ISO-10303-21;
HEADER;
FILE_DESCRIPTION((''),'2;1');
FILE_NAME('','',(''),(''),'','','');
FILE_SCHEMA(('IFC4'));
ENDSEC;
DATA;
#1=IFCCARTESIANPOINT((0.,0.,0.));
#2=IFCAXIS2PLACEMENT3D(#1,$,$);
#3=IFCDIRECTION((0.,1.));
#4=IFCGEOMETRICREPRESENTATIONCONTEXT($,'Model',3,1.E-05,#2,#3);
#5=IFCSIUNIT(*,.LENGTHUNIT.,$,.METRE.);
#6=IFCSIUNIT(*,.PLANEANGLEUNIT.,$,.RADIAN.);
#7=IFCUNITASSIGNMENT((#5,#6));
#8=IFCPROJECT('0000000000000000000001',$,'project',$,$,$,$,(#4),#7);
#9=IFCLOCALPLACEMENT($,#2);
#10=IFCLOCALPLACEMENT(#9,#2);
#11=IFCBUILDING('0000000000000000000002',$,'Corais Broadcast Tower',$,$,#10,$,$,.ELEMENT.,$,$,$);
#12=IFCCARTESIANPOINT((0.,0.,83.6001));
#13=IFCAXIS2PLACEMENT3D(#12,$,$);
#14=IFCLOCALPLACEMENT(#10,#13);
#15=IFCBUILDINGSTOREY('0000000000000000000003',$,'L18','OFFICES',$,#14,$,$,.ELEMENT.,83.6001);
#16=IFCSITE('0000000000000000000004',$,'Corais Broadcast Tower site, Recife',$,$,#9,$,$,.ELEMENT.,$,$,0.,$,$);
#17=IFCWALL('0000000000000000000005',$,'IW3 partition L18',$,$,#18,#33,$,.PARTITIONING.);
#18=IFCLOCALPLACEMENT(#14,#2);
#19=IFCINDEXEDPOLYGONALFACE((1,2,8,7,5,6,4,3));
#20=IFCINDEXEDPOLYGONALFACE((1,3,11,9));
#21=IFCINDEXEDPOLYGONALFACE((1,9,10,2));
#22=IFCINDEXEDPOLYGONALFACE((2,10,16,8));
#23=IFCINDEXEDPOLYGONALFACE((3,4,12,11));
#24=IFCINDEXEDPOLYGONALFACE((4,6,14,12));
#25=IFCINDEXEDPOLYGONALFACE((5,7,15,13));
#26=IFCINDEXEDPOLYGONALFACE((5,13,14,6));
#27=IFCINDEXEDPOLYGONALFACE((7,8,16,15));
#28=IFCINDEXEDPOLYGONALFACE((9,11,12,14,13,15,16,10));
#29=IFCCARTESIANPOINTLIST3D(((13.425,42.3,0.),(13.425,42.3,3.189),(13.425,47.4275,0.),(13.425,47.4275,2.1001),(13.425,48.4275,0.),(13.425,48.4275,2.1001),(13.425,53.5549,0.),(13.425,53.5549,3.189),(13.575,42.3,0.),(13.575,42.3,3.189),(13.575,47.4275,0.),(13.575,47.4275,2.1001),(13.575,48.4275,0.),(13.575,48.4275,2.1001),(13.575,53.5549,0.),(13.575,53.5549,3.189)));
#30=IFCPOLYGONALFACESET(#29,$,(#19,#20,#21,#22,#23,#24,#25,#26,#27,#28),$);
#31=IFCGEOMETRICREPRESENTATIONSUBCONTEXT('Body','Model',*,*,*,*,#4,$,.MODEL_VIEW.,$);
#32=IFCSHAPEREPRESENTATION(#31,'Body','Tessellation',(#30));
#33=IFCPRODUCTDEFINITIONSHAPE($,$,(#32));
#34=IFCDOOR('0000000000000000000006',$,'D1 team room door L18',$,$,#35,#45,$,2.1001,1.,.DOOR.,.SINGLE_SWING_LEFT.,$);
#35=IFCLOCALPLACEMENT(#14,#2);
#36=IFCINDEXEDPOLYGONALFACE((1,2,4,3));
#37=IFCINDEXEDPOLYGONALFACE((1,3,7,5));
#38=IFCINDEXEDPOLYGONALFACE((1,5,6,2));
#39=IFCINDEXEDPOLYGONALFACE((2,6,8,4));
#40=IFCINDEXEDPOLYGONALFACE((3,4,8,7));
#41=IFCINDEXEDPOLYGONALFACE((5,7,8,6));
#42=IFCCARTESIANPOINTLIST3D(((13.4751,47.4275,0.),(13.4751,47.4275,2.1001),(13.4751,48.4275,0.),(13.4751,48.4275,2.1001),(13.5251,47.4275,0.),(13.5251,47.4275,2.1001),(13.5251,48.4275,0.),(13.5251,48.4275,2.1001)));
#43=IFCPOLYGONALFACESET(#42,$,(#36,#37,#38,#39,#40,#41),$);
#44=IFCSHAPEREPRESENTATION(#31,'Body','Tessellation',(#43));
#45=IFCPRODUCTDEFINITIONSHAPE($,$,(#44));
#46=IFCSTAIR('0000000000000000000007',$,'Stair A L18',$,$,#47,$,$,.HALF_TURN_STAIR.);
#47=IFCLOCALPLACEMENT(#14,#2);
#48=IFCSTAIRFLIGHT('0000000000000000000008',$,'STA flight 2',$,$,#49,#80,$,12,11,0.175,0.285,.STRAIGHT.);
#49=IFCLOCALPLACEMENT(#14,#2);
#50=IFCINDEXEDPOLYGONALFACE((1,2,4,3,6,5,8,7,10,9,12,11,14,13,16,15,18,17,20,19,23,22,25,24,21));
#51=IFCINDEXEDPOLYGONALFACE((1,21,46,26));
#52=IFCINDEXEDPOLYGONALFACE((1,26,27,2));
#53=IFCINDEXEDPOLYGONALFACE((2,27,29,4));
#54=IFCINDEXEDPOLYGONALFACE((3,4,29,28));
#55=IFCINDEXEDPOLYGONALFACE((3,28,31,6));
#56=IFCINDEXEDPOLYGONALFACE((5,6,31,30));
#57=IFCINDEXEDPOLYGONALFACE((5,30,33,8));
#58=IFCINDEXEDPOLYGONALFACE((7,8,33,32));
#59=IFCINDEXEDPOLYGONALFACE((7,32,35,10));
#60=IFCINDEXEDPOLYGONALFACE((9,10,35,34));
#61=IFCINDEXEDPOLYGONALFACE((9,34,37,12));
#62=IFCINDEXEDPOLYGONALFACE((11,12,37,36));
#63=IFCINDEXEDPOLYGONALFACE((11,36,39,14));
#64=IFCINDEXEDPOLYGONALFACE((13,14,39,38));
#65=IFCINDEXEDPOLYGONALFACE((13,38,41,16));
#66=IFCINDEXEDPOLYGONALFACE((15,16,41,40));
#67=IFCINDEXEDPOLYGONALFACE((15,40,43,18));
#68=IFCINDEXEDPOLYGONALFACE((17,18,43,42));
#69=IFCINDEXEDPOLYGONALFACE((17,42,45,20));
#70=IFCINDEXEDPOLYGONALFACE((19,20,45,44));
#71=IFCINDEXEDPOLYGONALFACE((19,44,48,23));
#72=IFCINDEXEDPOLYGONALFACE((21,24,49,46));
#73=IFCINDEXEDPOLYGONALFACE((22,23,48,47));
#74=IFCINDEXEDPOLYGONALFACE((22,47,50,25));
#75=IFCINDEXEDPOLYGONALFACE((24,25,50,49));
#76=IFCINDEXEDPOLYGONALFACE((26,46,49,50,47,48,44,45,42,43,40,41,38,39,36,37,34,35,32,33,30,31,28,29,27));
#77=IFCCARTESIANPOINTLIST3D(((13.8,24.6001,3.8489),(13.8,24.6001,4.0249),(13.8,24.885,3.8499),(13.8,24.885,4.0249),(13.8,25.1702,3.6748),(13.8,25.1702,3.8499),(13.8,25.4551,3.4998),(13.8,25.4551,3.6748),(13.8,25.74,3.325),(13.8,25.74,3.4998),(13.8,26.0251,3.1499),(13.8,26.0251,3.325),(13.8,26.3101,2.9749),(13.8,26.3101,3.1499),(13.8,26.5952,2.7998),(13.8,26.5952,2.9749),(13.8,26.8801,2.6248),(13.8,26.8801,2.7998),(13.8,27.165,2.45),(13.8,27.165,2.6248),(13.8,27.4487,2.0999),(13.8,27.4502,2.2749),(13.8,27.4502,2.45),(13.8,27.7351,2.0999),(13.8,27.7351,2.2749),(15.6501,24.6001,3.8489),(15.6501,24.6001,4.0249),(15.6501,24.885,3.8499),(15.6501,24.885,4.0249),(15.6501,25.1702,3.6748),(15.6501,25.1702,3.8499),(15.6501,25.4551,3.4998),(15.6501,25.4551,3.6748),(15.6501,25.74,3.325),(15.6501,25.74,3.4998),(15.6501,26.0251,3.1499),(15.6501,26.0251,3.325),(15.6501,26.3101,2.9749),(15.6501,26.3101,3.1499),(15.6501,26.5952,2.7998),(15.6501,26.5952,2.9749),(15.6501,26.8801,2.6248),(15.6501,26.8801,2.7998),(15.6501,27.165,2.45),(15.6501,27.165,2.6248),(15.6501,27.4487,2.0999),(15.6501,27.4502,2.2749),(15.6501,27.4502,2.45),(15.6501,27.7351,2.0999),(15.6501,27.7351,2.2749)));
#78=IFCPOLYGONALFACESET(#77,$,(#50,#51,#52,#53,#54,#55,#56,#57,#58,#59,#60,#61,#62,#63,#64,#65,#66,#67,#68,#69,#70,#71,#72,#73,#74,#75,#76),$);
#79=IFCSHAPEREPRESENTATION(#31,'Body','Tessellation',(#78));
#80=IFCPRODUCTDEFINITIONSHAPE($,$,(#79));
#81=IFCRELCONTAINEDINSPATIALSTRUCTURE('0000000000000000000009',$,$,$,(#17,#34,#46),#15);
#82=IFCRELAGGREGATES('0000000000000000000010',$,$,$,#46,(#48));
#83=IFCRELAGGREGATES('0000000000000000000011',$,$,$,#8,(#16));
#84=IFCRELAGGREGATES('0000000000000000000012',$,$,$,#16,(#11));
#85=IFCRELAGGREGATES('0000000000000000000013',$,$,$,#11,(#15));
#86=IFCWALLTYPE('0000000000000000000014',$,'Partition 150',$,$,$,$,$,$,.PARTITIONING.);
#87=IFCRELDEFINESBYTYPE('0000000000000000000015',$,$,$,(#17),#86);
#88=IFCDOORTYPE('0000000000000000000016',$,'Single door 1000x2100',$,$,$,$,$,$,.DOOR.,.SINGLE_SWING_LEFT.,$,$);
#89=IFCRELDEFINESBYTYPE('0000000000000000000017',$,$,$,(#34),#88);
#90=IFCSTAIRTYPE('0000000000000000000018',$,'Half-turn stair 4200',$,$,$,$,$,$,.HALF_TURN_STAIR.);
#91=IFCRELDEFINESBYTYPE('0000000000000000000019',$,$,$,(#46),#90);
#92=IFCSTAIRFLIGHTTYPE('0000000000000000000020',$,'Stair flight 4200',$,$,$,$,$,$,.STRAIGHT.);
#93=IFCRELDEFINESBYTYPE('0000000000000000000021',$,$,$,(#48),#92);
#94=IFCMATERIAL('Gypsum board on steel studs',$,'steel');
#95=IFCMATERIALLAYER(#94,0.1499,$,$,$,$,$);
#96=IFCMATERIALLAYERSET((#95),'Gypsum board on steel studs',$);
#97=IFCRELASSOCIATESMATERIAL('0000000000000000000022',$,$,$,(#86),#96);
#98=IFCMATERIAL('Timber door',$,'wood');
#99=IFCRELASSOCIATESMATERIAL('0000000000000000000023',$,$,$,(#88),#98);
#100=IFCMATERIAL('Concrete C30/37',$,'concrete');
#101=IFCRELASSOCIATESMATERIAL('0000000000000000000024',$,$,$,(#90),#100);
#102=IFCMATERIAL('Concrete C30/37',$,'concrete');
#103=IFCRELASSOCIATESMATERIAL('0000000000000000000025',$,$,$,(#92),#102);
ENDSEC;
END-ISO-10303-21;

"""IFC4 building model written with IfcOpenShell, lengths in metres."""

from ifc_helpers import new_model, si_unit, direction, frame, frame_2d, origin, place, context, subcontext, project, spatial, polyline, rectangle, outline, extrude, material, layer, layer_set, type_object, element, fill, aggregate, save


model = new_model("IFC4")

# Units and contexts
model_context = context("Model", 3, precision=1e-05, world=origin(), true_north=direction((0.0, 1.0)))
body_context = subcontext(model_context, "Body", "Model", "MODEL_VIEW")
ifc_project = project(units=[si_unit("LENGTHUNIT", "METRE"), si_unit("PLANEANGLEUNIT", "RADIAN")], contexts=[model_context])

# Site, building, storey
site_placement = place(None, origin())
site = spatial("IfcSite", under=ifc_project, at=site_placement, Name="Corais Broadcast Tower site, Recife", CompositionType="ELEMENT", RefElevation=0.0)
building_placement = place(site_placement, origin())
building = spatial("IfcBuilding", under=site, at=building_placement, Name="Corais Broadcast Tower", CompositionType="ELEMENT")
storey_placement = place(building_placement, frame((0.0, 0.0, 83.6001)))
storey = spatial("IfcBuildingStorey", under=building, at=storey_placement, Name="L18", Description="OFFICES", CompositionType="ELEMENT", Elevation=83.6001)

# Shared definitions
ifc_material_1 = material(Name="Gypsum board on steel studs", Category="steel")
ifc_layer_1 = layer(ifc_material_1, 0.1499)
ifc_layer_set_1 = layer_set([ifc_layer_1], Name="Gypsum board on steel studs")
wall_type_1 = type_object("IfcWallType", Name="Partition 150", PredefinedType="PARTITIONING", material=ifc_layer_set_1)
ifc_material_2 = material(Name="Timber door", Category="wood")
door_type_1 = type_object("IfcDoorType", Name="Single door 1000x2100", OperationType="SINGLE_SWING_LEFT", PredefinedType="DOOR", material=ifc_material_2)

# Wall, opening, door
wall_1_placement = place(storey_placement, frame((13.5, 42.3, 0.0), z_axis=(0.0, 0.0, 1.0), x_axis=(0.0, 1.0, 0.0)))
wall_1 = element("IfcWall", 1, at=wall_1_placement, inside=storey, type_object=wall_type_1, Name="IW3 partition L18", PredefinedType="PARTITIONING", context=body_context, shape_type="SweptSolid", body=[
    extrude(rectangle(XDim=11.2549, YDim=0.1499, at=frame_2d((5.6274, 0.0))), origin(), (0.0, 0.0, 1.0), 3.189),
])
opening_1_placement = place(wall_1_placement, frame((5.1274, 0.0, 0.0)))
opening_1 = element("IfcOpeningElement", 2, at=opening_1_placement, cuts=wall_1, PredefinedType="OPENING", context=body_context, shape_type="SweptSolid", body=[
    extrude(rectangle(XDim=1.0, YDim=2.1001, at=frame_2d((0.5, 1.05))), frame((0.0, 0.085, 0.0), z_axis=(0.0, -1.0, 0.0), x_axis=(1.0, 0.0, 0.0)), (0.0, 0.0, 1.0), 0.1699),
])
door_1_placement = place(opening_1_placement, origin())
door_1 = element("IfcDoor", 3, at=door_1_placement, inside=storey, type_object=door_type_1, Name="D1 team room door L18", OperationType="SINGLE_SWING_LEFT", OverallHeight=2.1001, OverallWidth=1.0, PredefinedType="DOOR", context=body_context, shape_type="SweptSolid", body=[
    extrude(rectangle(XDim=1.0, YDim=2.1001, at=frame_2d((0.5, 1.05))), frame((0.0, 0.0249, 0.0), z_axis=(0.0, -1.0, 0.0), x_axis=(1.0, 0.0, 0.0)), (0.0, 0.0, 1.0), 0.05),
])
fill(opening_1, door_1)

# Stair, stair flight
ifc_material_3 = material(Name="Concrete C30/37", Category="concrete")
stair_type = type_object("IfcStairType", Name="Half-turn stair 4200", PredefinedType="HALF_TURN_STAIR", material=ifc_material_3)
stair_placement = place(storey_placement, origin())
stair = element("IfcStair", 4, at=stair_placement, inside=storey, type_object=stair_type, Name="Stair A L18", PredefinedType="HALF_TURN_STAIR")
ifc_material_4 = material(Name="Concrete C30/37", Category="concrete")
stair_flight_type = type_object("IfcStairFlightType", Name="Stair flight 4200", PredefinedType="STRAIGHT", material=ifc_material_4)
stair_flight_placement = place(storey_placement, frame((14.7251, 27.7351, 2.0999), z_axis=(0.0, 0.0, 1.0), x_axis=(0.0, -1.0, 0.0)))
stair_flight = element("IfcStairFlight", 5, at=stair_flight_placement, type_object=stair_flight_type, Name="STA flight 2", NumberOfRisers=12, NumberOfTreads=11, PredefinedType="STRAIGHT", RiserHeight=0.175, TreadLength=0.285, context=body_context, shape_type="SweptSolid", body=[
    extrude(outline(polyline([(0.0, 0.0), (0.0, 0.175), (0.2849, 0.175), (0.2849, 0.3501), (0.5701, 0.3501), (0.5701, 0.5249), (0.855, 0.5249), (0.855, 0.7), (1.1399, 0.7), (1.1399, 0.875), (1.425, 0.875), (1.425, 1.05), (1.71, 1.05), (1.71, 1.2251), (1.9951, 1.2251), (1.9951, 1.3999), (2.28, 1.3999), (2.28, 1.575), (2.5649, 1.575), (2.5649, 1.75), (2.8501, 1.75), (2.8501, 1.925), (3.135, 1.925), (3.135, 2.1001), (3.135, 1.749), (0.2864, 0.0), (0.0, 0.0)])), frame((0.0, 0.925, 0.0), z_axis=(0.0, -1.0, 0.0), x_axis=(1.0, 0.0, 0.0)), (0.0, 0.0, 1.0), 1.8501),
])
aggregate(stair, [stair_flight])

save(model, "model.ifc")
